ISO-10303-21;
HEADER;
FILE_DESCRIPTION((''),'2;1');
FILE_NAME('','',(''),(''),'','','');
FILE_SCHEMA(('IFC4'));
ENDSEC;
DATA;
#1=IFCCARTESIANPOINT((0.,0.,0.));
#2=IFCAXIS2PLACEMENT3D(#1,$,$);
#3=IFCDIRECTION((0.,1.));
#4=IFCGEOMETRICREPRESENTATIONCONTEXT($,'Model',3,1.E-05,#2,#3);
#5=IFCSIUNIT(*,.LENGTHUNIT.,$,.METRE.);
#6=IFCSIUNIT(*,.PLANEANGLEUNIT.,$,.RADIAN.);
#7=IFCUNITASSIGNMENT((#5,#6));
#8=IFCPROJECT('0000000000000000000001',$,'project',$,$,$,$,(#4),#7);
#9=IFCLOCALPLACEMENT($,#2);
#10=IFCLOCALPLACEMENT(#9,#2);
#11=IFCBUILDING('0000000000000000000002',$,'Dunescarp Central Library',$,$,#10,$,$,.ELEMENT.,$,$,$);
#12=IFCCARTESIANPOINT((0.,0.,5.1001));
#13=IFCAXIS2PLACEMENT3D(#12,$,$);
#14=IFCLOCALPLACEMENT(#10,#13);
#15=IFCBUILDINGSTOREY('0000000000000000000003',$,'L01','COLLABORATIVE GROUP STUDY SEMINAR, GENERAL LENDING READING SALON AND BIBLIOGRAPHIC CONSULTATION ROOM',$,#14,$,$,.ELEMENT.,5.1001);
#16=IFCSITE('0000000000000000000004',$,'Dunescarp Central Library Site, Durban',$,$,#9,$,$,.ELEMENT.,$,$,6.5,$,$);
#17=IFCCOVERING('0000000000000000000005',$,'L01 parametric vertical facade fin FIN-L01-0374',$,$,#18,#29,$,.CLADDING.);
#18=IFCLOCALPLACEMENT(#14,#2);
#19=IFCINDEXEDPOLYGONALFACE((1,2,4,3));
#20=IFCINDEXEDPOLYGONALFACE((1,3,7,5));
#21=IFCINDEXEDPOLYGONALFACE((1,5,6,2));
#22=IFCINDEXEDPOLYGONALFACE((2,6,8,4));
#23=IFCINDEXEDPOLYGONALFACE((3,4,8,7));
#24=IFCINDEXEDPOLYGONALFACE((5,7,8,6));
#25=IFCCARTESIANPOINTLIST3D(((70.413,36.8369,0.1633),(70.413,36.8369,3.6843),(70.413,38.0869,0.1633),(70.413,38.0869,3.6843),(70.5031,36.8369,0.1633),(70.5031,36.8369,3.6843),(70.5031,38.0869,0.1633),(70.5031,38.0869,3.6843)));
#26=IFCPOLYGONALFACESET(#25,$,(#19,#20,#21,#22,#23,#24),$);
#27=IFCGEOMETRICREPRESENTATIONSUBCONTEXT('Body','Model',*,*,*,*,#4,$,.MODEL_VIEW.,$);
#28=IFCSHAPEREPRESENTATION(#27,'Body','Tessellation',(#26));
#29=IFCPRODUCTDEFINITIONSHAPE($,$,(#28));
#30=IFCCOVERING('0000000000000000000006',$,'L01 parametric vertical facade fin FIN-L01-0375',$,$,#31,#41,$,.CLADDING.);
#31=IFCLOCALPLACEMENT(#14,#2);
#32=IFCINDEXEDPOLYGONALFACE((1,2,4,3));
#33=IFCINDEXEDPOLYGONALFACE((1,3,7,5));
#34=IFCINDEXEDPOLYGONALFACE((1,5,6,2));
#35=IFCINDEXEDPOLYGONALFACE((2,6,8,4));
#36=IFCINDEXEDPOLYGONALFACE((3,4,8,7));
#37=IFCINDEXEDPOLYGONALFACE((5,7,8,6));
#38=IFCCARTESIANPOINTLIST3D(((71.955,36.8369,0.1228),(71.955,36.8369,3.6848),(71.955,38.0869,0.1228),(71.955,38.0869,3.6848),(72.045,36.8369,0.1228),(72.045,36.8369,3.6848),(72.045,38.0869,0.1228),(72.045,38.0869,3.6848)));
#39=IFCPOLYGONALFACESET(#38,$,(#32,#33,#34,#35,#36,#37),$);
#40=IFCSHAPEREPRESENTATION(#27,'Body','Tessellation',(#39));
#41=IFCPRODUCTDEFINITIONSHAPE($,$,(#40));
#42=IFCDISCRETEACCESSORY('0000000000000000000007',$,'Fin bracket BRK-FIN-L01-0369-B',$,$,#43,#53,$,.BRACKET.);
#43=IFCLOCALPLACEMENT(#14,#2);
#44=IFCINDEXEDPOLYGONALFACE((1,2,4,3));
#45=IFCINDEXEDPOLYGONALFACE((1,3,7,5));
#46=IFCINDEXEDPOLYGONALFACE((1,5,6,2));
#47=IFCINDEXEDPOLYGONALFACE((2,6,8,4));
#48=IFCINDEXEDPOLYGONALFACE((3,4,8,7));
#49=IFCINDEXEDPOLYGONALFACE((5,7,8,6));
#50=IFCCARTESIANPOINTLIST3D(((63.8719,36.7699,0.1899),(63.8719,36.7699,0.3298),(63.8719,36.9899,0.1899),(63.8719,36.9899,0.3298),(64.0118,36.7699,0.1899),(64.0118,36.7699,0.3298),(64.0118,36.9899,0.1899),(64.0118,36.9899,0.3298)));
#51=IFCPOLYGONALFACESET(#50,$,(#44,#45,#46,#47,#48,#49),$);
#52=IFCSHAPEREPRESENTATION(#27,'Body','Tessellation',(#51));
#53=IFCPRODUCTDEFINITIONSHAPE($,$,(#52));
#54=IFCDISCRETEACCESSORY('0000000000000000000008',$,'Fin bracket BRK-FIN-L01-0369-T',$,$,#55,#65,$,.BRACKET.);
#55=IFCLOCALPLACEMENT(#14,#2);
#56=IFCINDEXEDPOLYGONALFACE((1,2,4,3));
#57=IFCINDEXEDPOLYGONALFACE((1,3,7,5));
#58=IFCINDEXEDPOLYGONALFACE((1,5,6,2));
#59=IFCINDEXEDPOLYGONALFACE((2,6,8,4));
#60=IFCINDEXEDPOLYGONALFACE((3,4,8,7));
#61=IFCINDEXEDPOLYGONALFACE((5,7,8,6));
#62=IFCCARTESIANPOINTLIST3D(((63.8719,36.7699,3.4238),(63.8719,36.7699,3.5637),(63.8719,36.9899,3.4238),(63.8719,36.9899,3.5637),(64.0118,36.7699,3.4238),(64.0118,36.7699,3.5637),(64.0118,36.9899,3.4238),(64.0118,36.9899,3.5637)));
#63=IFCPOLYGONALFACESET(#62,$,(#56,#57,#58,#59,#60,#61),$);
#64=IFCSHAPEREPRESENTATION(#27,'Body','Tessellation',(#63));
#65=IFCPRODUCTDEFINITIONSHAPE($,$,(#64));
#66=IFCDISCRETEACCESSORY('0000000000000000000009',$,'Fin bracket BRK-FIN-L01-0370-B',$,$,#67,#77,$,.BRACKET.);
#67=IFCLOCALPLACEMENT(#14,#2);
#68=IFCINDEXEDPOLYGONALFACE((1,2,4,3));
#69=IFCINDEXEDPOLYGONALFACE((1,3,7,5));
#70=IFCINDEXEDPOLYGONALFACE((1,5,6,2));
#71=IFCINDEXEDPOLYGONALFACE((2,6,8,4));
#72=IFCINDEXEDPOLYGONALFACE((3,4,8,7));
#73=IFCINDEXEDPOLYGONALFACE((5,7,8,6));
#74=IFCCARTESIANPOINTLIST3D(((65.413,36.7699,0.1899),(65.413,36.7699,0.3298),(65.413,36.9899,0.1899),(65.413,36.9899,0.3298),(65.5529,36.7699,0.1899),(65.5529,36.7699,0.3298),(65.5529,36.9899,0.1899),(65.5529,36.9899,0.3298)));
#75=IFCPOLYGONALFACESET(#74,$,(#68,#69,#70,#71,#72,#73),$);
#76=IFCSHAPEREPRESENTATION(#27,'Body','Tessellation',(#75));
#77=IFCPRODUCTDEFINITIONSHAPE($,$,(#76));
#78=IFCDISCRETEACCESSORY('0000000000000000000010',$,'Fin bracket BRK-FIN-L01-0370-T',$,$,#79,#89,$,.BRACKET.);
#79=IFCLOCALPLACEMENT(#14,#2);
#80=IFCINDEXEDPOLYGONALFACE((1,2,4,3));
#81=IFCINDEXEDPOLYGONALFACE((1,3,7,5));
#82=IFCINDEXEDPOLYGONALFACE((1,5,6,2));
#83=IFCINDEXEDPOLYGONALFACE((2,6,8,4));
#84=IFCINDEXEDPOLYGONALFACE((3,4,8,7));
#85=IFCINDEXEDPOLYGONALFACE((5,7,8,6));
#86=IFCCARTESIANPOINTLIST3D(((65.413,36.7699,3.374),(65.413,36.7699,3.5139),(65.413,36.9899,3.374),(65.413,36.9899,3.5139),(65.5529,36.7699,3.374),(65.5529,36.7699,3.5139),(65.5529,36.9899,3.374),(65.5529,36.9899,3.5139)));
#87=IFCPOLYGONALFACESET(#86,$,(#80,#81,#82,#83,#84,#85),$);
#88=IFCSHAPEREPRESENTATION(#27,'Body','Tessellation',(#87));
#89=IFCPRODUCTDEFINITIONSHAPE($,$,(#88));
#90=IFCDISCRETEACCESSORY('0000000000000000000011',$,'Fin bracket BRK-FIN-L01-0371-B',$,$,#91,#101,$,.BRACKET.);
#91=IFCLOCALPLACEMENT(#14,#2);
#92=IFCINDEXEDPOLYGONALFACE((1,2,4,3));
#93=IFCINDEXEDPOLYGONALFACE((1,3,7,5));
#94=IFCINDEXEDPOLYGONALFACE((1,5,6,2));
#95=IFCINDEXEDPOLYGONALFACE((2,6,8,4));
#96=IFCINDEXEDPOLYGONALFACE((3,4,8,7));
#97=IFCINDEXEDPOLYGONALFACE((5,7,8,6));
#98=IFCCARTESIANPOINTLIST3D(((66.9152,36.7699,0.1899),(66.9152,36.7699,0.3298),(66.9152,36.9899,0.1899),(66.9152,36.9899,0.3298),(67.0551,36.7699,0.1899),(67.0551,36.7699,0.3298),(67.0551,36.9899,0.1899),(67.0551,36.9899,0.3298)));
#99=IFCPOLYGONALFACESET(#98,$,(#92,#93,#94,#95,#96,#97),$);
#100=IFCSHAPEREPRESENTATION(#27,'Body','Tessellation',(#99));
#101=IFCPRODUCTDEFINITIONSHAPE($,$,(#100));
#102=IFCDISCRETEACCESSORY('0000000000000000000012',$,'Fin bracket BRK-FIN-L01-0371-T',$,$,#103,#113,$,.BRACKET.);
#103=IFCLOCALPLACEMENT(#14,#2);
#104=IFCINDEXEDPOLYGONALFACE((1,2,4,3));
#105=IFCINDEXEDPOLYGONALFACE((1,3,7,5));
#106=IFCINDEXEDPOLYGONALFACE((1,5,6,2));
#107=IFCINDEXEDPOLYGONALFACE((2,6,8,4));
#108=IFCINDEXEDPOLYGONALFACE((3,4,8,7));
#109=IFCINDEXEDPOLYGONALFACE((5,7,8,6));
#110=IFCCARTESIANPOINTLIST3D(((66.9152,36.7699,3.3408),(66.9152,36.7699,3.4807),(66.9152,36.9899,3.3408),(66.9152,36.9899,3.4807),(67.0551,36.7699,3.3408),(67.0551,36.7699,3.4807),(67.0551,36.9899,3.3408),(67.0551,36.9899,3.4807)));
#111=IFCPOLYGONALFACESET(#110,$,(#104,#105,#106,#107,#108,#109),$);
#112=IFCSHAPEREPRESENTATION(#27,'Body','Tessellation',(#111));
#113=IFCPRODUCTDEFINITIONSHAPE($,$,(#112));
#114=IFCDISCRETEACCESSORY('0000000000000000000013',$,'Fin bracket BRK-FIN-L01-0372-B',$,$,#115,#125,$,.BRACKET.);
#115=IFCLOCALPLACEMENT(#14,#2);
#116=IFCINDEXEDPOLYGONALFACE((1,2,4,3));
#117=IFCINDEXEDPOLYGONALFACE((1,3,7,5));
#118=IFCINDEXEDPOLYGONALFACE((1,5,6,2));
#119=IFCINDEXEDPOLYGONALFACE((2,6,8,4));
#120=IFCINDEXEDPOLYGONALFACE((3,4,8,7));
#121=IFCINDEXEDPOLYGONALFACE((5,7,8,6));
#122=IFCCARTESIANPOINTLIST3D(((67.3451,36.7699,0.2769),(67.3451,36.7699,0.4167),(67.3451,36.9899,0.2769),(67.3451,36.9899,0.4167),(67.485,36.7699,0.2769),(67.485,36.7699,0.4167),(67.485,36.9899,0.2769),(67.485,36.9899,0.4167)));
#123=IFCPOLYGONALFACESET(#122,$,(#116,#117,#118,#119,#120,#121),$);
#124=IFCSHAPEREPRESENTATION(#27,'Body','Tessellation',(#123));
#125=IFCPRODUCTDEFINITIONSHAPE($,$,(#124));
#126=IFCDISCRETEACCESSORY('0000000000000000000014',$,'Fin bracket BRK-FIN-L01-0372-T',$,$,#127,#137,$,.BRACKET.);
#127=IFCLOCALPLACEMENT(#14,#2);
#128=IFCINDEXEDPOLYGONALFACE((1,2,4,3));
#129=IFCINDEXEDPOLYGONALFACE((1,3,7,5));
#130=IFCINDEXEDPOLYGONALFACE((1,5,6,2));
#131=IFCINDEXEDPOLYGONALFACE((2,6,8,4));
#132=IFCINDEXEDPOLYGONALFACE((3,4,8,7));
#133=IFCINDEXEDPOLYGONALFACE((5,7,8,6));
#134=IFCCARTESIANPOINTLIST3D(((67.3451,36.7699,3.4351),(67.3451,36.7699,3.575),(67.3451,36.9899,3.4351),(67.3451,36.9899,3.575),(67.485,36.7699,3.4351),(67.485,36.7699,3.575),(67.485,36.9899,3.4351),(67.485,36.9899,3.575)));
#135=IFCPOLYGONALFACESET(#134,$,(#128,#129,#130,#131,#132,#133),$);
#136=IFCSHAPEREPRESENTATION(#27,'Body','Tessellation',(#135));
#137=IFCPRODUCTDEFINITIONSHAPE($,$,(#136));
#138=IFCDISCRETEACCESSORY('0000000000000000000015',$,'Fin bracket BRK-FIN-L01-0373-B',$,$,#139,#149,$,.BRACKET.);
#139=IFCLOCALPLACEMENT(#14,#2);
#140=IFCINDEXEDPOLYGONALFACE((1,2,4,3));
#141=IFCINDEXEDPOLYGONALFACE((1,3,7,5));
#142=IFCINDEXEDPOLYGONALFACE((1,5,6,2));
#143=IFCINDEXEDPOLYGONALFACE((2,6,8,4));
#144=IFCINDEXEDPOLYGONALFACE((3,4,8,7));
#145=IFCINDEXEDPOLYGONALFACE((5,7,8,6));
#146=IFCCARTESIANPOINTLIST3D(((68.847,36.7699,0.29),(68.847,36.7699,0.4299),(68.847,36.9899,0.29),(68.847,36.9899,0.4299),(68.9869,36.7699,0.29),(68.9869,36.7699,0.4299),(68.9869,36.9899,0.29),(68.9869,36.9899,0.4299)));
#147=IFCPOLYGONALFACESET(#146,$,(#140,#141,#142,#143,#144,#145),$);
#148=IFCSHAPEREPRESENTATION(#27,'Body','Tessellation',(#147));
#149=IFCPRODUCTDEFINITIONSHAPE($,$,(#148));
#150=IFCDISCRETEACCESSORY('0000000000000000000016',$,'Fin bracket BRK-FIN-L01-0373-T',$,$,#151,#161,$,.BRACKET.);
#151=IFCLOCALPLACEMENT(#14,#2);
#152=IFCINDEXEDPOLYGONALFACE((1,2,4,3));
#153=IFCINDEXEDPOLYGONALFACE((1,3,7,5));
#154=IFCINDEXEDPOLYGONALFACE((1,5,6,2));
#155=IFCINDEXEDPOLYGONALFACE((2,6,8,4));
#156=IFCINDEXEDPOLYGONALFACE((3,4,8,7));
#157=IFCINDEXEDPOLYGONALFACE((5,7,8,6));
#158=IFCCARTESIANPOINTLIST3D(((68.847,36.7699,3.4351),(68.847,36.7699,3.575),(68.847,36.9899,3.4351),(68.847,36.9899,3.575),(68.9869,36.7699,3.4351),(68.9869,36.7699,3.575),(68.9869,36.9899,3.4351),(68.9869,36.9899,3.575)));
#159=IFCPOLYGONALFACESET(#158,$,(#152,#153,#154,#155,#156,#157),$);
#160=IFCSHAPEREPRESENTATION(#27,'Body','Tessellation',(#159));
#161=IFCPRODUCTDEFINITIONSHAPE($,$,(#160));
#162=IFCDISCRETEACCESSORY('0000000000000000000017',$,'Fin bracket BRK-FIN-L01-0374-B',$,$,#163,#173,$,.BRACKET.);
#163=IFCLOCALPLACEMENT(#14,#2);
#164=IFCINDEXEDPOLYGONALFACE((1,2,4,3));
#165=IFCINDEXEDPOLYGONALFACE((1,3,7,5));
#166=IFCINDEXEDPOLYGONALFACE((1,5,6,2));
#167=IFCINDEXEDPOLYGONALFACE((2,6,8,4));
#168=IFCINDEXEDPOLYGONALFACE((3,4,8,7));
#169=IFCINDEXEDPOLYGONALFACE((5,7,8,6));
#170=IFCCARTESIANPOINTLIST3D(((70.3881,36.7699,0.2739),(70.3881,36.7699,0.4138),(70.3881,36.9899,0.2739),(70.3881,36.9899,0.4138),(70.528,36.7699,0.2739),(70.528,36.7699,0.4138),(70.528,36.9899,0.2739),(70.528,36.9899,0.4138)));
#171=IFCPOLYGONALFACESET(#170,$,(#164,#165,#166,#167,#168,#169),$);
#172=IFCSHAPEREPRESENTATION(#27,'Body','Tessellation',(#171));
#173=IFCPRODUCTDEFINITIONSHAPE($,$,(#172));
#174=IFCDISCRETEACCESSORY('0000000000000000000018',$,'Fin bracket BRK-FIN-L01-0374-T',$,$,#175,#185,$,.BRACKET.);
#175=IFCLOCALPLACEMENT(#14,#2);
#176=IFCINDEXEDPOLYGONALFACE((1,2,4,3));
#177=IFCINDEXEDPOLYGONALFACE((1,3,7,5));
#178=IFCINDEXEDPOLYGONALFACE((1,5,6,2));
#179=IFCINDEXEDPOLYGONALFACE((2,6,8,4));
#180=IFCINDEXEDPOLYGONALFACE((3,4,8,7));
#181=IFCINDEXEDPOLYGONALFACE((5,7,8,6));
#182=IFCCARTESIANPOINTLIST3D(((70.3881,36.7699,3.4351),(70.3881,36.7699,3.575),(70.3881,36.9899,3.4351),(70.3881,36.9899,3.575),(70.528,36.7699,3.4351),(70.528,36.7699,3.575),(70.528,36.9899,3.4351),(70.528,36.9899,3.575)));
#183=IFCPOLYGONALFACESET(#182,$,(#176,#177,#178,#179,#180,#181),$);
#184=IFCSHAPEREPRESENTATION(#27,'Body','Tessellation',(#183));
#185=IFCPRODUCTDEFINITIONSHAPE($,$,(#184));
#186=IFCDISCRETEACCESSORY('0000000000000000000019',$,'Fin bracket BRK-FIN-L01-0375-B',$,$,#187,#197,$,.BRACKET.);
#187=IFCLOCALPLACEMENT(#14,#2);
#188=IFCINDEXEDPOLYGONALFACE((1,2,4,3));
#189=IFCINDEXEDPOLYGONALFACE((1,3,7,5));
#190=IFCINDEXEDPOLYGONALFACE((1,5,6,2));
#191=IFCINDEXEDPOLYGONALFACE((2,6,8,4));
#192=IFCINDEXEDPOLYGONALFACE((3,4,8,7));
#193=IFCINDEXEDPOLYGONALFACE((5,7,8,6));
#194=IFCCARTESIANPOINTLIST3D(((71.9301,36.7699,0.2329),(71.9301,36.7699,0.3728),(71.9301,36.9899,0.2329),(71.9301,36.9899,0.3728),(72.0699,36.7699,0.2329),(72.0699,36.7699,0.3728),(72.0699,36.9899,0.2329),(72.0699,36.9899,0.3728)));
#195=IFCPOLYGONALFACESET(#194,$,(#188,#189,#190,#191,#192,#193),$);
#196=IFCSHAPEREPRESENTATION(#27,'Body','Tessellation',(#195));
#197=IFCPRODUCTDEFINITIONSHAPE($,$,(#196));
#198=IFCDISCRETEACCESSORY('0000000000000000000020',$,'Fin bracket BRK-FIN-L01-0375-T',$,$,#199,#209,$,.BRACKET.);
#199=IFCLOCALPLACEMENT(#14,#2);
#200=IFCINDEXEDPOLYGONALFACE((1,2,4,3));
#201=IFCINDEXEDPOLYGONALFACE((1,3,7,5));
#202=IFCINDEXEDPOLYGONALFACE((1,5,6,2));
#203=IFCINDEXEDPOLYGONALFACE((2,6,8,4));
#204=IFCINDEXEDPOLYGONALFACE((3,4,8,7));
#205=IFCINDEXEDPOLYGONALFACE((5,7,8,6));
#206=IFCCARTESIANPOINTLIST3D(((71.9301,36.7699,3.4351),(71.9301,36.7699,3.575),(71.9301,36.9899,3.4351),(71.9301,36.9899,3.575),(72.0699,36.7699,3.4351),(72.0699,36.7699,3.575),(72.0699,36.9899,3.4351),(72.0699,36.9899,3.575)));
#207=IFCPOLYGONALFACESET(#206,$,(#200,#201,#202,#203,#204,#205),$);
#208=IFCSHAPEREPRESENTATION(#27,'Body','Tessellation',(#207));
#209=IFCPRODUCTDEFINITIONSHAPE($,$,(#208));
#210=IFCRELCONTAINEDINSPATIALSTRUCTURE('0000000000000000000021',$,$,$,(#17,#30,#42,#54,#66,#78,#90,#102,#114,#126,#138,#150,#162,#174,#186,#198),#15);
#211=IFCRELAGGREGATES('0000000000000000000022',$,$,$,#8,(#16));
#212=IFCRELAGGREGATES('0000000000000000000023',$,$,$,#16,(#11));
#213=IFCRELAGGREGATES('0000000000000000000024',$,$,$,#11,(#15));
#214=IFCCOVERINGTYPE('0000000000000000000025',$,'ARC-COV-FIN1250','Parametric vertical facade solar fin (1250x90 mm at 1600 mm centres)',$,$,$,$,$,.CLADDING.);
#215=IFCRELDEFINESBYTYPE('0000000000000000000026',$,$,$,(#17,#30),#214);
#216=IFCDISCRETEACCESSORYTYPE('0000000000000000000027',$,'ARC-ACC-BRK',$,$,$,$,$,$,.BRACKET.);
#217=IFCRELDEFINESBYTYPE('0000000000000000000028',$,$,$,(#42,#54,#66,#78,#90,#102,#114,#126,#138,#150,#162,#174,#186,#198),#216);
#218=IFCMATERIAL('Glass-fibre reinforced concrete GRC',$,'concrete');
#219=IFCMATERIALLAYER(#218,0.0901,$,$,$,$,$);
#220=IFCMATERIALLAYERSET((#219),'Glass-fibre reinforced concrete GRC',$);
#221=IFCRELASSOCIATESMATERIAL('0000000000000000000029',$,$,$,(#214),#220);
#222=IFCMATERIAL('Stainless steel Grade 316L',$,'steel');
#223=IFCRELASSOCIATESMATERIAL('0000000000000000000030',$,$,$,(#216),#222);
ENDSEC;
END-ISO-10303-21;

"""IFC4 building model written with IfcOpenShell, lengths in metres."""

from ifc_helpers import new_model, si_unit, direction, frame, origin, origin_2d, place, context, subcontext, project, spatial, rectangle, extrude, material, layer, layer_set, type_object, element, save


model = new_model("IFC4")

# Units and contexts
model_context = context("Model", 3, precision=1e-05, world=origin(), true_north=direction((0.0, 1.0)))
body_context = subcontext(model_context, "Body", "Model", "MODEL_VIEW")
ifc_project = project(units=[si_unit("LENGTHUNIT", "METRE"), si_unit("PLANEANGLEUNIT", "RADIAN")], contexts=[model_context])

# Site, building, storey
site_placement = place(None, origin())
site = spatial("IfcSite", under=ifc_project, at=site_placement, Name="Dunescarp Central Library Site, Durban", CompositionType="ELEMENT", RefElevation=6.5)
building_placement = place(site_placement, origin())
building = spatial("IfcBuilding", under=site, at=building_placement, Name="Dunescarp Central Library", CompositionType="ELEMENT")
storey_placement = place(building_placement, frame((0.0, 0.0, 5.1001)))
storey = spatial("IfcBuildingStorey", under=building, at=storey_placement, Name="L01", Description="COLLABORATIVE GROUP STUDY SEMINAR, GENERAL LENDING READING SALON AND BIBLIOGRAPHIC CONSULTATION ROOM", CompositionType="ELEMENT", Elevation=5.1001)

# Coverings
ifc_material_1 = material(Name="Glass-fibre reinforced concrete GRC", Category="concrete")
ifc_layer_1 = layer(ifc_material_1, 0.0901)
ifc_layer_set_1 = layer_set([ifc_layer_1], Name="Glass-fibre reinforced concrete GRC")
covering_type = type_object("IfcCoveringType", Name="ARC-COV-FIN1250", Description="Parametric vertical facade solar fin (1250x90 mm at 1600 mm centres)", PredefinedType="CLADDING", material=ifc_layer_set_1)
covering_1_placement = place(storey_placement, frame((70.458, 37.4619, 0.1633), z_axis=(0.0, 0.0, 1.0), x_axis=(0.0, 1.0, 0.0)))
element("IfcCovering", 1, at=covering_1_placement, inside=storey, type_object=covering_type, Name="L01 parametric vertical facade fin FIN-L01-0374", PredefinedType="CLADDING", context=body_context, shape_type="SweptSolid", body=[
    extrude(rectangle(XDim=1.25, YDim=0.0901, at=origin_2d()), origin(), (0.0, 0.0, 1.0), 3.521),
])
covering_2_placement = place(storey_placement, frame((72.0, 37.4619, 0.1228), z_axis=(0.0, 0.0, 1.0), x_axis=(0.0, 1.0, 0.0)))
element("IfcCovering", 2, at=covering_2_placement, inside=storey, type_object=covering_type, Name="L01 parametric vertical facade fin FIN-L01-0375", PredefinedType="CLADDING", context=body_context, shape_type="SweptSolid", body=[
    extrude(rectangle(XDim=1.25, YDim=0.0901, at=origin_2d()), origin(), (0.0, 0.0, 1.0), 3.562),
])

# Discrete accessories
ifc_material_2 = material(Name="Stainless steel Grade 316L", Category="steel")
discrete_accessory_type = type_object("IfcDiscreteAccessoryType", Name="ARC-ACC-BRK", PredefinedType="BRACKET", material=ifc_material_2)
for number, where, z_axis, x_axis, name in (
    (3, (63.9419, 36.8799, 0.1899), (0.0, 0.0, 1.0), (0.0, 1.0, 0.0), "Fin bracket BRK-FIN-L01-0369-B"),
    (4, (63.9419, 36.8799, 3.4238), (0.0, 0.0, 1.0), (0.0, 1.0, 0.0), "Fin bracket BRK-FIN-L01-0369-T"),
    (5, (65.4829, 36.8799, 0.1899), (0.0, 0.0, 1.0), (0.0, 1.0, 0.0), "Fin bracket BRK-FIN-L01-0370-B"),
    (6, (65.4829, 36.8799, 3.374), (0.0, 0.0, 1.0), (0.0, 1.0, 0.0), "Fin bracket BRK-FIN-L01-0370-T"),
    (7, (66.9851, 36.8799, 0.1899), (0.0, 0.0, 1.0), (0.0, 1.0, 0.0), "Fin bracket BRK-FIN-L01-0371-B"),
    (8, (66.9851, 36.8799, 3.3408), (0.0, 0.0, 1.0), (0.0, 1.0, 0.0), "Fin bracket BRK-FIN-L01-0371-T"),
    (9, (67.415, 36.8799, 0.2769), (0.0, 0.0, 1.0), (0.0, 1.0, 0.0), "Fin bracket BRK-FIN-L01-0372-B"),
    (10, (67.415, 36.8799, 3.4351), (0.0, 0.0, 1.0), (0.0, 1.0, 0.0), "Fin bracket BRK-FIN-L01-0372-T"),
    (11, (68.917, 36.8799, 0.29), (0.0, 0.0, 1.0), (0.0, 1.0, 0.0), "Fin bracket BRK-FIN-L01-0373-B"),
    (12, (68.917, 36.8799, 3.4351), (0.0, 0.0, 1.0), (0.0, 1.0, 0.0), "Fin bracket BRK-FIN-L01-0373-T"),
    (13, (70.458, 36.8799, 0.2739), (0.0, 0.0, 1.0), (0.0, 1.0, 0.0), "Fin bracket BRK-FIN-L01-0374-B"),
    (14, (70.458, 36.8799, 3.4351), (0.0, 0.0, 1.0), (0.0, 1.0, 0.0), "Fin bracket BRK-FIN-L01-0374-T"),
    (15, (72.0, 36.8799, 0.2329), (0.0, 0.0, 1.0), (0.0, 1.0, 0.0), "Fin bracket BRK-FIN-L01-0375-B"),
    (16, (72.0, 36.8799, 3.4351), (0.0, 0.0, 1.0), (0.0, 1.0, 0.0), "Fin bracket BRK-FIN-L01-0375-T"),
):
    element("IfcDiscreteAccessory", number, at=place(storey_placement, frame(where, z_axis=z_axis, x_axis=x_axis)), inside=storey, type_object=discrete_accessory_type, Name=name, PredefinedType="BRACKET", context=body_context, shape_type="SweptSolid", body=[
        extrude(rectangle(XDim=0.22, YDim=0.1399, at=origin_2d()), origin(), (0.0, 0.0, 1.0), 0.1399),
    ])

save(model, "model.ifc")
